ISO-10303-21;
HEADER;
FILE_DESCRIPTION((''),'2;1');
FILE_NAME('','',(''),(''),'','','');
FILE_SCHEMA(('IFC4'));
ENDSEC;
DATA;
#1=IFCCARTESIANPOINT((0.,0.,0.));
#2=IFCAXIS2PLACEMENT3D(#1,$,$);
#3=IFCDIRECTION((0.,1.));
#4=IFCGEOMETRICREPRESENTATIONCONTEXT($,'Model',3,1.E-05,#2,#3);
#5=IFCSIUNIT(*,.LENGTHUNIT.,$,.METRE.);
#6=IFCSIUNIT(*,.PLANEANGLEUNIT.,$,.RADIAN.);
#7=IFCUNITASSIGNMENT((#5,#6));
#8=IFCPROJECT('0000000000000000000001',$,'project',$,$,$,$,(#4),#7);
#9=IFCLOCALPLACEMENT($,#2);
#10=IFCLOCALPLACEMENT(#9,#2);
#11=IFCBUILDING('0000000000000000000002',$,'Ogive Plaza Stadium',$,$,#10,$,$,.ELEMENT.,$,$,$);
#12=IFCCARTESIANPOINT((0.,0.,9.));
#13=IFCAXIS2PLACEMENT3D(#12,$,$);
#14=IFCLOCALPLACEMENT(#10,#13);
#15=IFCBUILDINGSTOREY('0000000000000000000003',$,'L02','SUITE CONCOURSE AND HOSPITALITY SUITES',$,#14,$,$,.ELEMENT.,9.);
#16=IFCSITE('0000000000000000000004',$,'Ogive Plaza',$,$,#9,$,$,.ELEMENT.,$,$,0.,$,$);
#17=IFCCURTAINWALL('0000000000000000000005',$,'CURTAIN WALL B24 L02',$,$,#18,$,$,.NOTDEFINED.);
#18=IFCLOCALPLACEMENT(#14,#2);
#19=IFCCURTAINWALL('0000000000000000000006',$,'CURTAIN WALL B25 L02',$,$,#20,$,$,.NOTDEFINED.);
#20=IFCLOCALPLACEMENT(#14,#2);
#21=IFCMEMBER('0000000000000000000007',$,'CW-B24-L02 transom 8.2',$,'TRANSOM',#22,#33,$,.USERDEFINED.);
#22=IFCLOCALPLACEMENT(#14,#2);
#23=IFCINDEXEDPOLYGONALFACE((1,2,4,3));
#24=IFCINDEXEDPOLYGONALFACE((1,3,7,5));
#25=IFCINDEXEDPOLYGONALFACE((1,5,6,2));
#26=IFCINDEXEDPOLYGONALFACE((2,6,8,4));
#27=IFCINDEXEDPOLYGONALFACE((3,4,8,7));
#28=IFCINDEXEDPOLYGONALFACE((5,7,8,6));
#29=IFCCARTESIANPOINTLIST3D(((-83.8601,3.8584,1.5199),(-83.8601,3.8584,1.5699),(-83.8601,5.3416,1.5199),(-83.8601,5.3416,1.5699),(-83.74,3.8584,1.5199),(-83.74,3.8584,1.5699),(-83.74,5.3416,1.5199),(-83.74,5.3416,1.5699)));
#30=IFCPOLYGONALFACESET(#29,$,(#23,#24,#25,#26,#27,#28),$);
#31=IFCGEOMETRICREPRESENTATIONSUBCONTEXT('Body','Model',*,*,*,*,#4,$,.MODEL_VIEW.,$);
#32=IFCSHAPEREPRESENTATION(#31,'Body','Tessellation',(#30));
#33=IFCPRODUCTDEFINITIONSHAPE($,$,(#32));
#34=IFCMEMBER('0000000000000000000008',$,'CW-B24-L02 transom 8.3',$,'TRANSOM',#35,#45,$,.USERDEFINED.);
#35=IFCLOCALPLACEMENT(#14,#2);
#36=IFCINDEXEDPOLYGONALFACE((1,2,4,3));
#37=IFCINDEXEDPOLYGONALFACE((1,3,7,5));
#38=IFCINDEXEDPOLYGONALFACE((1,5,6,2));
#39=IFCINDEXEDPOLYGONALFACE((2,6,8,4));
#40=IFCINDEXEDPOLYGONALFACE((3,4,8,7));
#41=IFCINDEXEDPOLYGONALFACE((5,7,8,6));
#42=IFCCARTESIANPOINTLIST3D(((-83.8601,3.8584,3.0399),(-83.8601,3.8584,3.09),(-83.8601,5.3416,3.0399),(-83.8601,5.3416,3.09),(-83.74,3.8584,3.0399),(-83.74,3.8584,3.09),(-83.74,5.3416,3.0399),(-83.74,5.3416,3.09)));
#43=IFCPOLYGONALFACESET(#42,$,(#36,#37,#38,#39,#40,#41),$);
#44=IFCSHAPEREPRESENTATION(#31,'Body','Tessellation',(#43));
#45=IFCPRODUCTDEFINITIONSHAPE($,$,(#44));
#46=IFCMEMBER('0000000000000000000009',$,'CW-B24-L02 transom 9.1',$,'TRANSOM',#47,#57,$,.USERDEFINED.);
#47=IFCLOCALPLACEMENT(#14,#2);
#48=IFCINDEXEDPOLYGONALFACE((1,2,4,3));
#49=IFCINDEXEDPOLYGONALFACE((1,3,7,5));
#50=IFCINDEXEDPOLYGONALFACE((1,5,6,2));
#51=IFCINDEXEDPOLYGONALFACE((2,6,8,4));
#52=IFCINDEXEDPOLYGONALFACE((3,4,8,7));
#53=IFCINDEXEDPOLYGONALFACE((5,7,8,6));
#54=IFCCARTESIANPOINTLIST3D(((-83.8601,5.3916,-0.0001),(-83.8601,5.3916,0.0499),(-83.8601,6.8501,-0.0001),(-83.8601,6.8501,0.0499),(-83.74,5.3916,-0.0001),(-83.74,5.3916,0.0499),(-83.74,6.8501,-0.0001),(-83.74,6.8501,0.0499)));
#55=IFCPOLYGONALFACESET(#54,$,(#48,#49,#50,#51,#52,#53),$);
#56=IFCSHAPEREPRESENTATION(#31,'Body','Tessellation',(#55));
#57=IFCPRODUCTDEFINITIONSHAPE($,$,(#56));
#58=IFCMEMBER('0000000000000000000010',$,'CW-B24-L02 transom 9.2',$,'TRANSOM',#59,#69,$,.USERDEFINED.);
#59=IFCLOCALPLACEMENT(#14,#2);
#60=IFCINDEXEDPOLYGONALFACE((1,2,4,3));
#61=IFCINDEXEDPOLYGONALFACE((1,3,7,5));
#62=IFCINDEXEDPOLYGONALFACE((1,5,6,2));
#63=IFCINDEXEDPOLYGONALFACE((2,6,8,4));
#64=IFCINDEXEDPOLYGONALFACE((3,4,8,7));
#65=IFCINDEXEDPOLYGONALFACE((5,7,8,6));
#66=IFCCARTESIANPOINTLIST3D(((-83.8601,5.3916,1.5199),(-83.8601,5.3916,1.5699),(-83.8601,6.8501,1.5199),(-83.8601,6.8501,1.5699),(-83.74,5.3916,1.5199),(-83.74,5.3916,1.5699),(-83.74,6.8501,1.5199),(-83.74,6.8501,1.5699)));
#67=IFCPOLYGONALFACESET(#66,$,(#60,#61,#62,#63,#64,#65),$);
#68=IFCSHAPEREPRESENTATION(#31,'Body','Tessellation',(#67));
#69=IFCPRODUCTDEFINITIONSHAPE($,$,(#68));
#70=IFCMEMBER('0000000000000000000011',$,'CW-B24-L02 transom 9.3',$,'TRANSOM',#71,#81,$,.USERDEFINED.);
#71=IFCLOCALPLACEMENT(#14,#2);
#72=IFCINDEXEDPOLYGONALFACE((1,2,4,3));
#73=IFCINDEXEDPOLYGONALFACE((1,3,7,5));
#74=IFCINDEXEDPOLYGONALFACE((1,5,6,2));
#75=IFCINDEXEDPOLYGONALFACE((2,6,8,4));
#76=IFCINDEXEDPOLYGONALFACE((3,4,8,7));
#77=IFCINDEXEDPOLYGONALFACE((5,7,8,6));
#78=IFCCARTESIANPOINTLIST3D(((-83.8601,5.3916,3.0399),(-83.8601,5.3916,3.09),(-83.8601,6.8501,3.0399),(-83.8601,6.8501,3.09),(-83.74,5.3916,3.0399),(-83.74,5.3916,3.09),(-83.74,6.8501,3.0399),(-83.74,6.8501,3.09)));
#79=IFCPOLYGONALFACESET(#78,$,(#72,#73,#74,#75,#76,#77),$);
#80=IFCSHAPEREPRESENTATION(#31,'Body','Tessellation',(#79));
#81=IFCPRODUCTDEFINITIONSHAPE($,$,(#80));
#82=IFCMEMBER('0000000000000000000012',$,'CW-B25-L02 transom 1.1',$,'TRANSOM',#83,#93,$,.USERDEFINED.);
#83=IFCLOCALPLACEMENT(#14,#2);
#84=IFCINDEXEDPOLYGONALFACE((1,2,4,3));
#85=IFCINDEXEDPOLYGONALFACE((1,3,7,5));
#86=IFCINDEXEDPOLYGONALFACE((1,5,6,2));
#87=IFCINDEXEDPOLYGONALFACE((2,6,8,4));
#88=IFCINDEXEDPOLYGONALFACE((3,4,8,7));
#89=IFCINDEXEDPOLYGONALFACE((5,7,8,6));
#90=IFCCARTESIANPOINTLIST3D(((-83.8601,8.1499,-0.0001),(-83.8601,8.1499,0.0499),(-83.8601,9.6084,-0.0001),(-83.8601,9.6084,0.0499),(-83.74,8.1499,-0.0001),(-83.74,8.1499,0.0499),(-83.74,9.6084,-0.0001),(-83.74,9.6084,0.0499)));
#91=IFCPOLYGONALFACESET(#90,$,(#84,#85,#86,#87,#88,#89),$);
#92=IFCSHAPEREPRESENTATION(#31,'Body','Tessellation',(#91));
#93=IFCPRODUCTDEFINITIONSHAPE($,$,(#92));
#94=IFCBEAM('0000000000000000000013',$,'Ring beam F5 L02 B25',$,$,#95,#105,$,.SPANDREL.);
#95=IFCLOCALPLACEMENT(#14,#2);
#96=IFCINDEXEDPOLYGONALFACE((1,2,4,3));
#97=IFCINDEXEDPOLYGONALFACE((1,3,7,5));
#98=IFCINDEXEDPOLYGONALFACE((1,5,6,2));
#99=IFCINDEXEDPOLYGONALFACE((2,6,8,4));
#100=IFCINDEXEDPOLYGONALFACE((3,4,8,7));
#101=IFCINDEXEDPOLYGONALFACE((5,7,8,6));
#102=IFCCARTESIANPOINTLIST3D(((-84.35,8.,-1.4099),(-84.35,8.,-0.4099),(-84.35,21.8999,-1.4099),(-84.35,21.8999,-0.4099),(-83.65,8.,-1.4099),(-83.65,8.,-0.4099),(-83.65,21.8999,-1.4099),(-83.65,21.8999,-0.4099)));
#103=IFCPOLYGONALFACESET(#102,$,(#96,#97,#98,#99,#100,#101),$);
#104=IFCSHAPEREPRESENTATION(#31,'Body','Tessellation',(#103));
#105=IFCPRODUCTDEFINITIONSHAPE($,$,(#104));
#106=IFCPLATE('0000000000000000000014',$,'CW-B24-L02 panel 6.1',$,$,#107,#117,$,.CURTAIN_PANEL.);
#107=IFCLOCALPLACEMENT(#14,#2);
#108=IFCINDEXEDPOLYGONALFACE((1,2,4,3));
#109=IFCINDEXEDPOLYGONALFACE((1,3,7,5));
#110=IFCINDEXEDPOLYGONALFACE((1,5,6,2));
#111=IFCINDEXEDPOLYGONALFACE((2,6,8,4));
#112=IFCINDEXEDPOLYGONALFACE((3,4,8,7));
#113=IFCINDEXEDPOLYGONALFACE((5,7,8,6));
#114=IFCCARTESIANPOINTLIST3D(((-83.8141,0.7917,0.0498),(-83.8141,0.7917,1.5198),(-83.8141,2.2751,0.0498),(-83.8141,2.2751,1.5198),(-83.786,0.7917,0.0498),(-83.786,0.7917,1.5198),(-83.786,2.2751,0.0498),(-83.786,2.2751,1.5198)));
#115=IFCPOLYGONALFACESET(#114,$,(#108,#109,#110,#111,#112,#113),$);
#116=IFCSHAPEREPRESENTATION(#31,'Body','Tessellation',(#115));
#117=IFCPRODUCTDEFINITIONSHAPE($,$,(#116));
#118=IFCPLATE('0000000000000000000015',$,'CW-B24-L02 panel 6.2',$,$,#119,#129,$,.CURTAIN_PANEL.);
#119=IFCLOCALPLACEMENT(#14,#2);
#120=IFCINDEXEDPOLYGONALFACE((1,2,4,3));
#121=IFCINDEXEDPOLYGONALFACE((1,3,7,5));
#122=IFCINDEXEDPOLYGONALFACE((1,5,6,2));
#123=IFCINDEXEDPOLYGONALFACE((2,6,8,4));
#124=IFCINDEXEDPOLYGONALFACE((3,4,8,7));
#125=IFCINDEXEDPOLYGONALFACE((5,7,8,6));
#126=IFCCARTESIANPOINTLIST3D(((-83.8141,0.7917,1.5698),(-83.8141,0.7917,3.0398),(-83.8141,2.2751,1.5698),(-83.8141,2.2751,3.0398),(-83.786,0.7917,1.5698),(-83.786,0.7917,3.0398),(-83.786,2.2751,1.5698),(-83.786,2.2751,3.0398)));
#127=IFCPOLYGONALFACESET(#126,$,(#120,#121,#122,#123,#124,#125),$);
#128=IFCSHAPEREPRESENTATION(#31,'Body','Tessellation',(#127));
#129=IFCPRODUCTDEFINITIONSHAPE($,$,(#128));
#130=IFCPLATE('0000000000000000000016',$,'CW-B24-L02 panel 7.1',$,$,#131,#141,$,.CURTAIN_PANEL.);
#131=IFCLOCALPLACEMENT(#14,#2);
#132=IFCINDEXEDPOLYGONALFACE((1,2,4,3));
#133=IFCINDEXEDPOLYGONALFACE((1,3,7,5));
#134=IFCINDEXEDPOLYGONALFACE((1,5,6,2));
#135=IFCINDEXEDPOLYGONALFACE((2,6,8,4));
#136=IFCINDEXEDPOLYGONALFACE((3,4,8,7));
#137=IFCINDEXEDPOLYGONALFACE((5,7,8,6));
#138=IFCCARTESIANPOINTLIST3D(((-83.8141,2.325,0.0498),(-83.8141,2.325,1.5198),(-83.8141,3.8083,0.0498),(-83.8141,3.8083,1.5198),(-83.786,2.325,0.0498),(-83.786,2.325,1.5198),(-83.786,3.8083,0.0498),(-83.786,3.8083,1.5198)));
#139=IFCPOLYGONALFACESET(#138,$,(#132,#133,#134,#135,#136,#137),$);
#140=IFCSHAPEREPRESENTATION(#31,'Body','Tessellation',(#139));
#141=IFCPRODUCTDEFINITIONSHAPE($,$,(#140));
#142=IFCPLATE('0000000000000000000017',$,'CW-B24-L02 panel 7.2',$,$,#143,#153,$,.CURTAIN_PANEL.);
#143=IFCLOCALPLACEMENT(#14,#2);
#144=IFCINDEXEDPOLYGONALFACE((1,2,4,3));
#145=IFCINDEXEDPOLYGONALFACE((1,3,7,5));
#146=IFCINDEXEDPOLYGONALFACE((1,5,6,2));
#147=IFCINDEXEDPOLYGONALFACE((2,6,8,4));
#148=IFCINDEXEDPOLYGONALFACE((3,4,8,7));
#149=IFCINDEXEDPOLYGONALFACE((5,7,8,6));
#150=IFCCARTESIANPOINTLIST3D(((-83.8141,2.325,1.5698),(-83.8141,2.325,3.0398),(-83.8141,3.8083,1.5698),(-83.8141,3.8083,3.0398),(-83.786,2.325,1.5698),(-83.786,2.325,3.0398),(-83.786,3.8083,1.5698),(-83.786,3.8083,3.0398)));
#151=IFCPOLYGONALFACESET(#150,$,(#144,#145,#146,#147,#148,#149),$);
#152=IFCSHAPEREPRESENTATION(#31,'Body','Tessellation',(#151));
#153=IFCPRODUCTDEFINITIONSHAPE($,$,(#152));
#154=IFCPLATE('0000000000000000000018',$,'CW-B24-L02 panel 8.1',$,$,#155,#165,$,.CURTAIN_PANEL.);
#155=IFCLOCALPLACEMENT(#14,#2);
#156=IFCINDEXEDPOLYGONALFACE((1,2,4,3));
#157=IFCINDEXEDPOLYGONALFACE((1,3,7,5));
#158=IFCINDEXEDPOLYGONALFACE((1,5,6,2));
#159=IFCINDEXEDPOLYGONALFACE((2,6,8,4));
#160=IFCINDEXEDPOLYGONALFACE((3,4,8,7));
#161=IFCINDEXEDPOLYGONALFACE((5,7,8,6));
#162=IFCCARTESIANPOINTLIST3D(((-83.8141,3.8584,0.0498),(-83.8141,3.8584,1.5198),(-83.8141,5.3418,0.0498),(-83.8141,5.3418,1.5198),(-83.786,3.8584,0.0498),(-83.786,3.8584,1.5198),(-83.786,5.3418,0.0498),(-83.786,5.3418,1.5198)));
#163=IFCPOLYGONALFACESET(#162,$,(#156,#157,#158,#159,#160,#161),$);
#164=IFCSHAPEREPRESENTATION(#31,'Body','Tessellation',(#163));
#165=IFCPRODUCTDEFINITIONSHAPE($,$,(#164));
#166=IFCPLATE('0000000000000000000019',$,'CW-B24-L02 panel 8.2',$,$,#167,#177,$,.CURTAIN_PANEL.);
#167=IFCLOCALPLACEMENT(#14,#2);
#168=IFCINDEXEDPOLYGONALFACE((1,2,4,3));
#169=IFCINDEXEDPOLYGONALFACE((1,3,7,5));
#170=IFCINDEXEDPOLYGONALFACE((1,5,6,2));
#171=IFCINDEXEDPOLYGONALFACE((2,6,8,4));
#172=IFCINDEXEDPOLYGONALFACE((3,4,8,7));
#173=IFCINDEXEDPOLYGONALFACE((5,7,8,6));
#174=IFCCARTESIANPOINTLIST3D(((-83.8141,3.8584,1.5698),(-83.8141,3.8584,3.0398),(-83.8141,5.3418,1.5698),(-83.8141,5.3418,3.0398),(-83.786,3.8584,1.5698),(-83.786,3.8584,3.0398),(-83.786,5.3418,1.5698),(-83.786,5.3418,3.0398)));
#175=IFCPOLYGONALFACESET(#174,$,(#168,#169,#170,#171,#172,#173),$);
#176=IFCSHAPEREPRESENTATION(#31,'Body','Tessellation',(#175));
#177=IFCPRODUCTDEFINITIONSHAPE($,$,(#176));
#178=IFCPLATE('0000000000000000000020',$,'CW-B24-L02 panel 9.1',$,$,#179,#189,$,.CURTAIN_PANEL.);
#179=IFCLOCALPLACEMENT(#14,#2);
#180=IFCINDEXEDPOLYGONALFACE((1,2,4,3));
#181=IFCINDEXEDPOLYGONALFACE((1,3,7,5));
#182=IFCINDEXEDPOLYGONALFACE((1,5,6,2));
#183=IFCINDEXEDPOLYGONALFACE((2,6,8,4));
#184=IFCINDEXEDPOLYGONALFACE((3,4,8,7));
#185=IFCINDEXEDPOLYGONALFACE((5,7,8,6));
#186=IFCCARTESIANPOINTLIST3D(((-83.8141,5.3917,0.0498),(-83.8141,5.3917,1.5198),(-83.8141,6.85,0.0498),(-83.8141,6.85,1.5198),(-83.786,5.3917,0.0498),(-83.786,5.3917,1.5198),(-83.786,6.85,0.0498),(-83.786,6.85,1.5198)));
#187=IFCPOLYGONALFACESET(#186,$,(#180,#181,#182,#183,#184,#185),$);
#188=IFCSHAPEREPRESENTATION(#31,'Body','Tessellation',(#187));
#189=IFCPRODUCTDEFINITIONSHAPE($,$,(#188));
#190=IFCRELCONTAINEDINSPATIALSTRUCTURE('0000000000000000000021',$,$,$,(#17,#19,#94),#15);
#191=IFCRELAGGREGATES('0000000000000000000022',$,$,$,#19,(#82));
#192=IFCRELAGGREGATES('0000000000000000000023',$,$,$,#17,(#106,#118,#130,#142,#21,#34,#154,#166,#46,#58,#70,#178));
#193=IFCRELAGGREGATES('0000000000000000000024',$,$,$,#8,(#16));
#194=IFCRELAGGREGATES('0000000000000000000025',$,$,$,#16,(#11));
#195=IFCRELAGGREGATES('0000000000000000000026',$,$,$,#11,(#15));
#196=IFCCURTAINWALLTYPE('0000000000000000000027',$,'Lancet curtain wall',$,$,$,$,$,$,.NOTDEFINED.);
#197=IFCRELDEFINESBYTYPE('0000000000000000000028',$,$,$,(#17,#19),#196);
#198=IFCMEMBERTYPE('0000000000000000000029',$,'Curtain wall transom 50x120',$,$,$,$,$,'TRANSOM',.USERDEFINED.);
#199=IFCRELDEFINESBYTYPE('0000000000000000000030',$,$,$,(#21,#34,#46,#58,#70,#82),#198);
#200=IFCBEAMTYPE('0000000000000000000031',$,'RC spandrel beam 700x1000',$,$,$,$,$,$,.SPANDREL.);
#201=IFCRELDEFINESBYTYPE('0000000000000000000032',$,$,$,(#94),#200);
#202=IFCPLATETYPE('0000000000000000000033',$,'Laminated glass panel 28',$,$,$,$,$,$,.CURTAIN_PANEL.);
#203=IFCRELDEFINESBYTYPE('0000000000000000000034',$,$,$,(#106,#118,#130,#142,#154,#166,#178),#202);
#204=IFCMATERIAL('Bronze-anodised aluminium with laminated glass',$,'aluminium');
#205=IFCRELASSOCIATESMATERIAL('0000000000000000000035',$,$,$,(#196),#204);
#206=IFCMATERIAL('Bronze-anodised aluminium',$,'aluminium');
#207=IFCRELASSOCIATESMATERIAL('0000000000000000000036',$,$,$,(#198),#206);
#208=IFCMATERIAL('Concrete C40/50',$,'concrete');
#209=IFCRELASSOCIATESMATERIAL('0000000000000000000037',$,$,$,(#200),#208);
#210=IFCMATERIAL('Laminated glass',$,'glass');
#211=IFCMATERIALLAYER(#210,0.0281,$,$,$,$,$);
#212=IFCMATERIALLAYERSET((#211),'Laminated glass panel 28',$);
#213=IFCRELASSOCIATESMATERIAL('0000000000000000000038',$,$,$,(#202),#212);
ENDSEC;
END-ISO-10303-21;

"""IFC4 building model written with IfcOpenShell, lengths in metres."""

from ifc_helpers import new_model, si_unit, direction, frame, origin, origin_2d, place, context, subcontext, project, spatial, rectangle, extrude, material, layer, layer_set, material_profile, profile_set, type_object, element, aggregate, save


model = new_model("IFC4")

# Units and contexts
model_context = context("Model", 3, precision=1e-05, world=origin(), true_north=direction((0.0, 1.0)))
body_context = subcontext(model_context, "Body", "Model", "MODEL_VIEW")
ifc_project = project(units=[si_unit("LENGTHUNIT", "METRE"), si_unit("PLANEANGLEUNIT", "RADIAN")], contexts=[model_context])

# Site, building, storey
site_placement = place(None, origin())
site = spatial("IfcSite", under=ifc_project, at=site_placement, Name="Ogive Plaza", CompositionType="ELEMENT", RefElevation=0.0)
building_placement = place(site_placement, origin())
building = spatial("IfcBuilding", under=site, at=building_placement, Name="Ogive Plaza Stadium", CompositionType="ELEMENT")
storey_placement = place(building_placement, frame((0.0, 0.0, 9.0)))
storey = spatial("IfcBuildingStorey", under=building, at=storey_placement, Name="L02", Description="SUITE CONCOURSE AND HOSPITALITY SUITES", CompositionType="ELEMENT", Elevation=9.0)

# Curtain wall
ifc_material_1 = material(Name="Bronze-anodised aluminium with laminated glass", Category="aluminium")
curtain_wall_type = type_object("IfcCurtainWallType", Name="Lancet curtain wall", PredefinedType="NOTDEFINED", material=ifc_material_1)
curtain_wall_1_placement = place(storey_placement, origin())
curtain_wall_1 = element("IfcCurtainWall", 1, at=curtain_wall_1_placement, inside=storey, type_object=curtain_wall_type, Name="CURTAIN WALL B24 L02", PredefinedType="NOTDEFINED")

# Curtain wall
curtain_wall_2_placement = place(storey_placement, origin())
curtain_wall_2 = element("IfcCurtainWall", 2, at=curtain_wall_2_placement, inside=storey, type_object=curtain_wall_type, Name="CURTAIN WALL B25 L02", PredefinedType="NOTDEFINED")

# Members
ifc_material_2 = material(Name="Bronze-anodised aluminium", Category="aluminium")
ifc_material_profile_1 = material_profile(ifc_material_2, rectangle(XDim=0.1201, YDim=0.05, at=origin_2d()), Name="AL 120x50")
ifc_profile_set_1 = profile_set([ifc_material_profile_1], Name="Bronze-anodised aluminium")
member_type_1 = type_object("IfcMemberType", Name="Curtain wall transom 50x120", ElementType="TRANSOM", PredefinedType="USERDEFINED", material=ifc_profile_set_1)
member_1_placement = place(storey_placement, frame((-83.8, 3.8584, 1.5449), z_axis=(0.0, 1.0, 0.0), x_axis=(-1.0, 0.0, 0.0)))
member_1 = element("IfcMember", 3, at=member_1_placement, type_object=member_type_1, Name="CW-B24-L02 transom 8.2", ObjectType="TRANSOM", PredefinedType="USERDEFINED", context=body_context, shape_type="SweptSolid", body=[
    extrude(rectangle(XDim=0.1201, YDim=0.05, at=origin_2d()), origin(), (0.0, 0.0, 1.0), 1.4832),
])
member_2_placement = place(storey_placement, frame((-83.8, 3.8584, 3.0649), z_axis=(0.0, 1.0, 0.0), x_axis=(-1.0, 0.0, 0.0)))
member_2 = element("IfcMember", 4, at=member_2_placement, type_object=member_type_1, Name="CW-B24-L02 transom 8.3", ObjectType="TRANSOM", PredefinedType="USERDEFINED", context=body_context, shape_type="SweptSolid", body=[
    extrude(rectangle(XDim=0.1201, YDim=0.05, at=origin_2d()), origin(), (0.0, 0.0, 1.0), 1.4832),
])
member_3_placement = place(storey_placement, frame((-83.8, 5.3916, 0.0249), z_axis=(0.0, 1.0, 0.0), x_axis=(-1.0, 0.0, 0.0)))
member_3 = element("IfcMember", 5, at=member_3_placement, type_object=member_type_1, Name="CW-B24-L02 transom 9.1", ObjectType="TRANSOM", PredefinedType="USERDEFINED", context=body_context, shape_type="SweptSolid", body=[
    extrude(rectangle(XDim=0.1201, YDim=0.05, at=origin_2d()), origin(), (0.0, 0.0, 1.0), 1.4585),
])
member_4_placement = place(storey_placement, frame((-83.8, 5.3916, 1.5449), z_axis=(0.0, 1.0, 0.0), x_axis=(-1.0, 0.0, 0.0)))
member_4 = element("IfcMember", 6, at=member_4_placement, type_object=member_type_1, Name="CW-B24-L02 transom 9.2", ObjectType="TRANSOM", PredefinedType="USERDEFINED", context=body_context, shape_type="SweptSolid", body=[
    extrude(rectangle(XDim=0.1201, YDim=0.05, at=origin_2d()), origin(), (0.0, 0.0, 1.0), 1.4585),
])
member_5_placement = place(storey_placement, frame((-83.8, 5.3916, 3.0649), z_axis=(0.0, 1.0, 0.0), x_axis=(-1.0, 0.0, 0.0)))
member_5 = element("IfcMember", 7, at=member_5_placement, type_object=member_type_1, Name="CW-B24-L02 transom 9.3", ObjectType="TRANSOM", PredefinedType="USERDEFINED", context=body_context, shape_type="SweptSolid", body=[
    extrude(rectangle(XDim=0.1201, YDim=0.05, at=origin_2d()), origin(), (0.0, 0.0, 1.0), 1.4585),
])
member_6_placement = place(storey_placement, frame((-83.8, 8.1499, 0.0249), z_axis=(0.0, 1.0, 0.0), x_axis=(-1.0, 0.0, 0.0)))
member_6 = element("IfcMember", 8, at=member_6_placement, type_object=member_type_1, Name="CW-B25-L02 transom 1.1", ObjectType="TRANSOM", PredefinedType="USERDEFINED", context=body_context, shape_type="SweptSolid", body=[
    extrude(rectangle(XDim=0.1201, YDim=0.05, at=origin_2d()), origin(), (0.0, 0.0, 1.0), 1.4585),
])
aggregate(curtain_wall_2, [member_6])

# Beam
ifc_material_3 = material(Name="Concrete C40/50", Category="concrete")
ifc_material_profile_2 = material_profile(ifc_material_3, rectangle(XDim=0.7, YDim=1.0, at=origin_2d()), Name="RC 700x1000")
ifc_profile_set_2 = profile_set([ifc_material_profile_2], Name="Concrete C40/50")
beam_type = type_object("IfcBeamType", Name="RC spandrel beam 700x1000", PredefinedType="SPANDREL", material=ifc_profile_set_2)
beam_placement = place(storey_placement, frame((-84.0, 8.0, -0.9099), z_axis=(0.0, 1.0, 0.0), x_axis=(-1.0, 0.0, 0.0)))
element("IfcBeam", 9, at=beam_placement, inside=storey, type_object=beam_type, Name="Ring beam F5 L02 B25", PredefinedType="SPANDREL", context=body_context, shape_type="SweptSolid", body=[
    extrude(rectangle(XDim=0.7, YDim=1.0, at=origin_2d()), origin(), (0.0, 0.0, 1.0), 13.8999),
])

# Plates
ifc_material_4 = material(Name="Laminated glass", Category="glass")
ifc_layer_1 = layer(ifc_material_4, 0.0281)
ifc_layer_set_1 = layer_set([ifc_layer_1], Name="Laminated glass panel 28")
plate_type = type_object("IfcPlateType", Name="Laminated glass panel 28", PredefinedType="CURTAIN_PANEL", material=ifc_layer_set_1)
plate_1_placement = place(storey_placement, frame((-83.8, 1.5334, 0.0498), z_axis=(0.0, 0.0, 1.0), x_axis=(0.0, 1.0, 0.0)))
plate_1 = element("IfcPlate", 10, at=plate_1_placement, type_object=plate_type, Name="CW-B24-L02 panel 6.1", PredefinedType="CURTAIN_PANEL", context=body_context, shape_type="SweptSolid", body=[
    extrude(rectangle(XDim=1.4834, YDim=0.0281, at=origin_2d()), origin(), (0.0, 0.0, 1.0), 1.47),
])
plate_2_placement = place(storey_placement, frame((-83.8, 1.5334, 1.5698), z_axis=(0.0, 0.0, 1.0), x_axis=(0.0, 1.0, 0.0)))
plate_2 = element("IfcPlate", 11, at=plate_2_placement, type_object=plate_type, Name="CW-B24-L02 panel 6.2", PredefinedType="CURTAIN_PANEL", context=body_context, shape_type="SweptSolid", body=[
    extrude(rectangle(XDim=1.4834, YDim=0.0281, at=origin_2d()), origin(), (0.0, 0.0, 1.0), 1.47),
])
plate_3_placement = place(storey_placement, frame((-83.8, 3.0667, 0.0498), z_axis=(0.0, 0.0, 1.0), x_axis=(0.0, 1.0, 0.0)))
plate_3 = element("IfcPlate", 12, at=plate_3_placement, type_object=plate_type, Name="CW-B24-L02 panel 7.1", PredefinedType="CURTAIN_PANEL", context=body_context, shape_type="SweptSolid", body=[
    extrude(rectangle(XDim=1.4834, YDim=0.0281, at=origin_2d()), origin(), (0.0, 0.0, 1.0), 1.47),
])
plate_4_placement = place(storey_placement, frame((-83.8, 3.0667, 1.5698), z_axis=(0.0, 0.0, 1.0), x_axis=(0.0, 1.0, 0.0)))
plate_4 = element("IfcPlate", 13, at=plate_4_placement, type_object=plate_type, Name="CW-B24-L02 panel 7.2", PredefinedType="CURTAIN_PANEL", context=body_context, shape_type="SweptSolid", body=[
    extrude(rectangle(XDim=1.4834, YDim=0.0281, at=origin_2d()), origin(), (0.0, 0.0, 1.0), 1.47),
])
plate_5_placement = place(storey_placement, frame((-83.8, 4.6001, 0.0498), z_axis=(0.0, 0.0, 1.0), x_axis=(0.0, 1.0, 0.0)))
plate_5 = element("IfcPlate", 14, at=plate_5_placement, type_object=plate_type, Name="CW-B24-L02 panel 8.1", PredefinedType="CURTAIN_PANEL", context=body_context, shape_type="SweptSolid", body=[
    extrude(rectangle(XDim=1.4834, YDim=0.0281, at=origin_2d()), origin(), (0.0, 0.0, 1.0), 1.47),
])
plate_6_placement = place(storey_placement, frame((-83.8, 4.6001, 1.5698), z_axis=(0.0, 0.0, 1.0), x_axis=(0.0, 1.0, 0.0)))
plate_6 = element("IfcPlate", 15, at=plate_6_placement, type_object=plate_type, Name="CW-B24-L02 panel 8.2", PredefinedType="CURTAIN_PANEL", context=body_context, shape_type="SweptSolid", body=[
    extrude(rectangle(XDim=1.4834, YDim=0.0281, at=origin_2d()), origin(), (0.0, 0.0, 1.0), 1.47),
])
plate_7_placement = place(storey_placement, frame((-83.8, 6.1208, 0.0498), z_axis=(0.0, 0.0, 1.0), x_axis=(0.0, 1.0, 0.0)))
plate_7 = element("IfcPlate", 16, at=plate_7_placement, type_object=plate_type, Name="CW-B24-L02 panel 9.1", PredefinedType="CURTAIN_PANEL", context=body_context, shape_type="SweptSolid", body=[
    extrude(rectangle(XDim=1.4583, YDim=0.0281, at=origin_2d()), origin(), (0.0, 0.0, 1.0), 1.47),
])
aggregate(curtain_wall_1, [plate_1, plate_2, plate_3, plate_4, member_1, member_2, plate_5, plate_6, member_3, member_4, member_5, plate_7])

save(model, "model.ifc")
